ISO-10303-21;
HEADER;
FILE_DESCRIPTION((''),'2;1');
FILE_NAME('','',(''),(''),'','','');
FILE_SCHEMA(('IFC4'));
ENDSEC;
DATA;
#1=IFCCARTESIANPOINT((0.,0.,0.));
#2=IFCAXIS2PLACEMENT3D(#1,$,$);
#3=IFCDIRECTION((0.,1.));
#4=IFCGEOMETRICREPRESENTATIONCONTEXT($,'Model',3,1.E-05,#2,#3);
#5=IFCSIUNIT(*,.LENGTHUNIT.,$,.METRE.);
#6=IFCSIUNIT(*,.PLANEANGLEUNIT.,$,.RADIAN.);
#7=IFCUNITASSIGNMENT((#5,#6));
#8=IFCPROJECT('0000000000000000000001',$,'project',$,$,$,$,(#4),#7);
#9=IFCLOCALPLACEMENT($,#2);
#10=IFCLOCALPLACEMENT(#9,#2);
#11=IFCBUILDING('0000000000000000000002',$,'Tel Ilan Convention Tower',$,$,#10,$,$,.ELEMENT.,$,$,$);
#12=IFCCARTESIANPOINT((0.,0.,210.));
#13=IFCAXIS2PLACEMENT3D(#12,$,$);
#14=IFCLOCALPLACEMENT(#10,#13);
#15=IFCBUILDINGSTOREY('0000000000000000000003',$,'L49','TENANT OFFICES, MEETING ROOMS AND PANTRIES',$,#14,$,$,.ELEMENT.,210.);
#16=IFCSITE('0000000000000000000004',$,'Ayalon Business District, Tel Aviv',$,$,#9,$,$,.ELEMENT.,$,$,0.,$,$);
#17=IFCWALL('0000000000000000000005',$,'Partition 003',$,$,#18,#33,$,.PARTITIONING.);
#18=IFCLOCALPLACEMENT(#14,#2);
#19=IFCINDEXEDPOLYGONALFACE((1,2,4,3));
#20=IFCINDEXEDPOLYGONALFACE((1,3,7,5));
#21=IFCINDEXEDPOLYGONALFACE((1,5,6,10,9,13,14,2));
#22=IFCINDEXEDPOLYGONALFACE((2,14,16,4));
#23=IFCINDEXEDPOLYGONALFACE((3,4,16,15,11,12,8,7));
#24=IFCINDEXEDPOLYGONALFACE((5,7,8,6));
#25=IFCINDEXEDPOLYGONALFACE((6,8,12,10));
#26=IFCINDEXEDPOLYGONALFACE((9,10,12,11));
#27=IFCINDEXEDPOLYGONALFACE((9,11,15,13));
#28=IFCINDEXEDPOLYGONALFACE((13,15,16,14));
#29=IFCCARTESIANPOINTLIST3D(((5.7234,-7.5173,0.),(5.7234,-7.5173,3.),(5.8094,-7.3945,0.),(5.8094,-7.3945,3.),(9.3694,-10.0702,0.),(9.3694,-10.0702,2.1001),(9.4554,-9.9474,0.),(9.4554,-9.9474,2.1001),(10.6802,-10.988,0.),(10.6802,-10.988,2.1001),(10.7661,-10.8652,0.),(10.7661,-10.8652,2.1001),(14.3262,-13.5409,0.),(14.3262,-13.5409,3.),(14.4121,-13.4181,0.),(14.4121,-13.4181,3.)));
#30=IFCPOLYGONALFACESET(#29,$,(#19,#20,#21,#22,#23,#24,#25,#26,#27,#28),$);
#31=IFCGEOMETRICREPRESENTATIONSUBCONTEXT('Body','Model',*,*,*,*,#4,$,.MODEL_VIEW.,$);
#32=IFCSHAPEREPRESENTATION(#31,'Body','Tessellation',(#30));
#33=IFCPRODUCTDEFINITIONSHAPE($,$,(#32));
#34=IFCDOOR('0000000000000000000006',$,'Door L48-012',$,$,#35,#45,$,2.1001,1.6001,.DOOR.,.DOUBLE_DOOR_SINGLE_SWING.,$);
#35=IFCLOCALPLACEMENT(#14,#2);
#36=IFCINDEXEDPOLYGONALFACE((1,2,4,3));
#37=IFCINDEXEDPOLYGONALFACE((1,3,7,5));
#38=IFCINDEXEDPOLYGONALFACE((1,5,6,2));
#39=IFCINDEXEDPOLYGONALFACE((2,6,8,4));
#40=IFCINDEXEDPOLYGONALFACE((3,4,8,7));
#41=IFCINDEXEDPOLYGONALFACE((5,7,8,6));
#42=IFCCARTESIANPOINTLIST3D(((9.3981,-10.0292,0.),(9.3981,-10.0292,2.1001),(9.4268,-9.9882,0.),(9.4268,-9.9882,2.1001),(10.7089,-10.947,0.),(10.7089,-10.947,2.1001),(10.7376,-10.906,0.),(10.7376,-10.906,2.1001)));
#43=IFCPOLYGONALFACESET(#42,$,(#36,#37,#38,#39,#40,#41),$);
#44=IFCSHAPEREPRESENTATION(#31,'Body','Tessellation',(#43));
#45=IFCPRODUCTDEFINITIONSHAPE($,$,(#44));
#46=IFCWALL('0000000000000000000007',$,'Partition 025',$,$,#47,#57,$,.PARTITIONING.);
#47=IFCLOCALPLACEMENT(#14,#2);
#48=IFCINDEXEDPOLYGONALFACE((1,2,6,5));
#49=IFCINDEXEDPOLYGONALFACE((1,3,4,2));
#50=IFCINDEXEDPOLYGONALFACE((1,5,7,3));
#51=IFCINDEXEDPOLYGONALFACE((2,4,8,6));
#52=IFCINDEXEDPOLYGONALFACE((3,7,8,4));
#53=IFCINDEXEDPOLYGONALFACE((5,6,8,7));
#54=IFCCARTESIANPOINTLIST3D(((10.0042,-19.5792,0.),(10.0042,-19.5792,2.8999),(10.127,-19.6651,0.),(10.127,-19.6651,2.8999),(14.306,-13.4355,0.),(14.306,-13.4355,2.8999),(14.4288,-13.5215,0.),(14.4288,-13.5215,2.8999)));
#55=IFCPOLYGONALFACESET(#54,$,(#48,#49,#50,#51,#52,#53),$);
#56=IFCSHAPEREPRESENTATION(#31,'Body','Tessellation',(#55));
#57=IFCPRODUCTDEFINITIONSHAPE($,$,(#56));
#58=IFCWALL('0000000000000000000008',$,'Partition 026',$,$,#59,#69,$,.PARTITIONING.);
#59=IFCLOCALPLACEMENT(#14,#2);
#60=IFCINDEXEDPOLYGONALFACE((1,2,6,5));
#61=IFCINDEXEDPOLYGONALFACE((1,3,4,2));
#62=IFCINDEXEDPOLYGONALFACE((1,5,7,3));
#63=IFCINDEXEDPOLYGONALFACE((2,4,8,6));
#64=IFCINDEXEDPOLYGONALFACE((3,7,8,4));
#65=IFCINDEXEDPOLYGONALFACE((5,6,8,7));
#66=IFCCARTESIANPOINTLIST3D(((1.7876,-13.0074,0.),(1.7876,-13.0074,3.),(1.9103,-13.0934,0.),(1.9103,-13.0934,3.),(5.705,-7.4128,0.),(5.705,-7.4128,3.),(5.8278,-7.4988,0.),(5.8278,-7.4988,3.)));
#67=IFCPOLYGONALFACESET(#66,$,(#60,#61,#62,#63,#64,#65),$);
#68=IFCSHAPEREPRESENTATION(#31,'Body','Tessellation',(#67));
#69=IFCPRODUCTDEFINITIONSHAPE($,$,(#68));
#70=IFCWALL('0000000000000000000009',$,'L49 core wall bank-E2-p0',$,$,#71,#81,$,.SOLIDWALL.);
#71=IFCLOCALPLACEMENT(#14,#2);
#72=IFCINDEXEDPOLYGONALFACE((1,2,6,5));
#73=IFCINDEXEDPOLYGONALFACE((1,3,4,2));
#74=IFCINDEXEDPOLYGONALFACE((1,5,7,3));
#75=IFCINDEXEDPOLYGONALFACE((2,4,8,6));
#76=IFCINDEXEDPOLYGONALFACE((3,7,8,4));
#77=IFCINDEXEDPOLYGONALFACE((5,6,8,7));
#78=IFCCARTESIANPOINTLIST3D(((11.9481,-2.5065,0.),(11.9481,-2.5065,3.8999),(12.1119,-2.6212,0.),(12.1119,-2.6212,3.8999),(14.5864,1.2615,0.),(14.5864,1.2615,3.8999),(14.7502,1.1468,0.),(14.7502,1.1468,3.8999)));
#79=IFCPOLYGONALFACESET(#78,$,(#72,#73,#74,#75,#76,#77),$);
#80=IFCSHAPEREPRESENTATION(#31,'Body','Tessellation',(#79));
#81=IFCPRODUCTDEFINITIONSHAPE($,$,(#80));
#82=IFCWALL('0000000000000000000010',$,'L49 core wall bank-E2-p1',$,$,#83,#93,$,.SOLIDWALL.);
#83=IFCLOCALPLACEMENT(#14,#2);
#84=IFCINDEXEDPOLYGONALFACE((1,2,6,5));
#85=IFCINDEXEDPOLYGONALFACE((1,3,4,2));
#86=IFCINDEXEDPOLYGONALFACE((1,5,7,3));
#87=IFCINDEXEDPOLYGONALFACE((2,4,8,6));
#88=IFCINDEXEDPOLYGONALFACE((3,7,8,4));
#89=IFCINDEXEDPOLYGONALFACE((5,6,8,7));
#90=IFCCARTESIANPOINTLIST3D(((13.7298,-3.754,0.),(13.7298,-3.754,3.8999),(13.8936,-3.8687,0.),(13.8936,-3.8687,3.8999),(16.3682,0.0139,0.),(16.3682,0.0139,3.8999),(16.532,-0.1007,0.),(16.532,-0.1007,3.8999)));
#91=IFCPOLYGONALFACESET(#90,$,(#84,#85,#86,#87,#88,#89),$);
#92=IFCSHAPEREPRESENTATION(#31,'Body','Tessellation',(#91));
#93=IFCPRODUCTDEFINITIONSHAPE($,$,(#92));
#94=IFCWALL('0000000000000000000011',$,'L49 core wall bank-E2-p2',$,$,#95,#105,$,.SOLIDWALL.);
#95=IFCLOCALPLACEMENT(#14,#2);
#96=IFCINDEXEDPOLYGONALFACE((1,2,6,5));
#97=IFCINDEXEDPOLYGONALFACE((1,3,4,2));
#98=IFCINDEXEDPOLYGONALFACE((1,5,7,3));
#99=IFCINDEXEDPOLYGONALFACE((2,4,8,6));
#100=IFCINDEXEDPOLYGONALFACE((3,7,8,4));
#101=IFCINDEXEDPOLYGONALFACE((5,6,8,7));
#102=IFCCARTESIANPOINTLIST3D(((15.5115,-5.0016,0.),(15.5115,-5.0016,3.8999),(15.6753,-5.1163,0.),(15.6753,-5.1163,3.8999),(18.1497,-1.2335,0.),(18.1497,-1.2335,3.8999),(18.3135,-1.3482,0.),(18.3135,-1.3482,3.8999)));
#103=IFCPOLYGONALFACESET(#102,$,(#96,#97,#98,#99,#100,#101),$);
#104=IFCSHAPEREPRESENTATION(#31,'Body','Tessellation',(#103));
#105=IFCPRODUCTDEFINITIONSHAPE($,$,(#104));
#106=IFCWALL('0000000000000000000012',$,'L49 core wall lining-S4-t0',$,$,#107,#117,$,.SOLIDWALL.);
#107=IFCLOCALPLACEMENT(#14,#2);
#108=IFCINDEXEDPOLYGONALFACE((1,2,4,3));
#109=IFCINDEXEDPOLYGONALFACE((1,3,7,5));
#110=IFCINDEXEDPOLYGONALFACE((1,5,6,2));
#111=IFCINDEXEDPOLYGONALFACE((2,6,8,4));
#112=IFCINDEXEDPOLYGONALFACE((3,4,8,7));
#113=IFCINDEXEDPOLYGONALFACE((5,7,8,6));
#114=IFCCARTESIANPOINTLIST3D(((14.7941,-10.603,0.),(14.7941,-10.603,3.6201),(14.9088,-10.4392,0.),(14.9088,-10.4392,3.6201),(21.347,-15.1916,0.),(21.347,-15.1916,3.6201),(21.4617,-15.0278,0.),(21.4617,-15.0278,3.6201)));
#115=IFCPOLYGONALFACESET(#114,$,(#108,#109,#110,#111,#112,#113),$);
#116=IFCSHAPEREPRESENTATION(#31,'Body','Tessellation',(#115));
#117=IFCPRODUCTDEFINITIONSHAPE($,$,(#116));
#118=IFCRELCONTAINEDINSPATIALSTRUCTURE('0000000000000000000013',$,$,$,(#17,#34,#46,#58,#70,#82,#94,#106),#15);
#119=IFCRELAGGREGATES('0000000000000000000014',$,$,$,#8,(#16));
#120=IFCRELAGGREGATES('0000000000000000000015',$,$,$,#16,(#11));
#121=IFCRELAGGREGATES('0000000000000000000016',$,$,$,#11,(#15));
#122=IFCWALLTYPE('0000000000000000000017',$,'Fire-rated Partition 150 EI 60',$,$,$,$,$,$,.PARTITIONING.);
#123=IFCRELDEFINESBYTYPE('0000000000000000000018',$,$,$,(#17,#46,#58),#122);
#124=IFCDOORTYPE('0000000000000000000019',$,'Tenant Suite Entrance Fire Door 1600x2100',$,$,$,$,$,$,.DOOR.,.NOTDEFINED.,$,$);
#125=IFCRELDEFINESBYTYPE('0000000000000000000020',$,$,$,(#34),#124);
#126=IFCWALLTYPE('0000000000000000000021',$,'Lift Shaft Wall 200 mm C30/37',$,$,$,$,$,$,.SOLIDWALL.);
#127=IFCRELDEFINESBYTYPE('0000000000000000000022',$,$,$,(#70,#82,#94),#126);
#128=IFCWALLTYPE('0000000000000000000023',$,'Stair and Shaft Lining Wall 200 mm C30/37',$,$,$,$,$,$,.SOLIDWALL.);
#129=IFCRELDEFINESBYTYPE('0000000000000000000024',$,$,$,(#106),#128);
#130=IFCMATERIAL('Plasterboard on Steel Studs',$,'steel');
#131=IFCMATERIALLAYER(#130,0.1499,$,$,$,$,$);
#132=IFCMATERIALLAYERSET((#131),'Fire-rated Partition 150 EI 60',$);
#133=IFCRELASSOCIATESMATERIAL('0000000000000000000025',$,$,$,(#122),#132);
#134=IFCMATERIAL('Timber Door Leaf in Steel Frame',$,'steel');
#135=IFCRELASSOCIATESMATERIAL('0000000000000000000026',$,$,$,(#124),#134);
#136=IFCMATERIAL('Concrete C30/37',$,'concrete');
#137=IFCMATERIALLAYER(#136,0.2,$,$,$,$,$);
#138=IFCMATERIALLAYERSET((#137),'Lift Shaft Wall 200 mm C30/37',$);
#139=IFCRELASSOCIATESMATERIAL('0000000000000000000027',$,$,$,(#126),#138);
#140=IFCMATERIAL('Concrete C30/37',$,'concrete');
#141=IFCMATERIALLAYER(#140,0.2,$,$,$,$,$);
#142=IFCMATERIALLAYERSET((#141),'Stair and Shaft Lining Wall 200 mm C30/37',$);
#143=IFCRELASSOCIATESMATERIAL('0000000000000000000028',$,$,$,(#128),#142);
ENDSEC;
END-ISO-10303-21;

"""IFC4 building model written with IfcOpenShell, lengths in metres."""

from ifc_helpers import new_model, si_unit, direction, frame, frame_2d, origin, place, context, subcontext, project, spatial, rectangle, extrude, material, layer, layer_set, type_object, element, fill, save


model = new_model("IFC4")

# Units and contexts
model_context = context("Model", 3, precision=1e-05, world=origin(), true_north=direction((0.0, 1.0)))
body_context = subcontext(model_context, "Body", "Model", "MODEL_VIEW")
ifc_project = project(units=[si_unit("LENGTHUNIT", "METRE"), si_unit("PLANEANGLEUNIT", "RADIAN")], contexts=[model_context])

# Site, building, storey
site_placement = place(None, origin())
site = spatial("IfcSite", under=ifc_project, at=site_placement, Name="Ayalon Business District, Tel Aviv", CompositionType="ELEMENT", RefElevation=0.0)
building_placement = place(site_placement, origin())
building = spatial("IfcBuilding", under=site, at=building_placement, Name="Tel Ilan Convention Tower", CompositionType="ELEMENT")
storey_placement = place(building_placement, frame((0.0, 0.0, 210.0)))
storey = spatial("IfcBuildingStorey", under=building, at=storey_placement, Name="L49", Description="TENANT OFFICES, MEETING ROOMS AND PANTRIES", CompositionType="ELEMENT", Elevation=210.0)

# Wall, opening, door
ifc_material_1 = material(Name="Plasterboard on Steel Studs", Category="steel")
ifc_layer_1 = layer(ifc_material_1, 0.1499)
ifc_layer_set_1 = layer_set([ifc_layer_1], Name="Fire-rated Partition 150 EI 60")
wall_type_1 = type_object("IfcWallType", Name="Fire-rated Partition 150 EI 60", PredefinedType="PARTITIONING", material=ifc_layer_set_1)
wall_1_placement = place(storey_placement, frame((14.3691, -13.4795, 0.0), z_axis=(0.0, 0.0, 1.0), x_axis=(-0.819154, 0.573573, 0.0)))
wall_1 = element("IfcWall", 1, at=wall_1_placement, inside=storey, type_object=wall_type_1, Name="Partition 003", PredefinedType="PARTITIONING", context=body_context, shape_type="SweptSolid", body=[
    extrude(rectangle(XDim=10.502, YDim=0.1499, at=frame_2d((5.251, 0.0))), origin(), (0.0, 0.0, 1.0), 3.0),
])
opening_1_placement = place(wall_1_placement, frame((4.4509, 0.0, 0.0)))
opening_1 = element("IfcOpeningElement", 2, at=opening_1_placement, cuts=wall_1, PredefinedType="OPENING", context=body_context, shape_type="SweptSolid", body=[
    extrude(rectangle(XDim=1.6001, YDim=2.1001, at=frame_2d((0.8, 1.05))), frame((0.0, 0.085, 0.0), z_axis=(0.0, -1.0, 0.0), x_axis=(1.0, 0.0, 0.0)), (0.0, 0.0, 1.0), 0.1699),
])
ifc_material_2 = material(Name="Timber Door Leaf in Steel Frame", Category="steel")
door_type_1 = type_object("IfcDoorType", Name="Tenant Suite Entrance Fire Door 1600x2100", OperationType="NOTDEFINED", PredefinedType="DOOR", material=ifc_material_2)
door_1_placement = place(opening_1_placement, origin())
door_1 = element("IfcDoor", 3, at=door_1_placement, inside=storey, type_object=door_type_1, Name="Door L48-012", OperationType="DOUBLE_DOOR_SINGLE_SWING", OverallHeight=2.1001, OverallWidth=1.6001, PredefinedType="DOOR", context=body_context, shape_type="SweptSolid", body=[
    extrude(rectangle(XDim=1.6001, YDim=2.1001, at=frame_2d((0.8, 1.05))), frame((0.0, 0.0249, 0.0), z_axis=(0.0, -1.0, 0.0), x_axis=(1.0, 0.0, 0.0)), (0.0, 0.0, 1.0), 0.05),
])
fill(opening_1, door_1)

# Walls
wall_2_placement = place(storey_placement, frame((14.3674, -13.4785, 0.0), z_axis=(0.0, 0.0, 1.0), x_axis=(-0.573576, -0.819152, 0.0)))
element("IfcWall", 4, at=wall_2_placement, inside=storey, type_object=wall_type_1, Name="Partition 025", PredefinedType="PARTITIONING", context=body_context, shape_type="SweptSolid", body=[
    extrude(rectangle(XDim=7.5, YDim=0.1499, at=frame_2d((3.75, 0.0))), origin(), (0.0, 0.0, 1.0), 2.8999),
])
wall_3_placement = place(storey_placement, frame((1.8489, -13.0505, 0.0), z_axis=(0.0, 0.0, 1.0), x_axis=(0.573577, 0.819151, 0.0)))
element("IfcWall", 5, at=wall_3_placement, inside=storey, type_object=wall_type_1, Name="Partition 026", PredefinedType="PARTITIONING", context=body_context, shape_type="SweptSolid", body=[
    extrude(rectangle(XDim=6.8298, YDim=0.1499, at=frame_2d((3.415, 0.0))), origin(), (0.0, 0.0, 1.0), 3.0),
])
ifc_material_3 = material(Name="Concrete C30/37", Category="concrete")
ifc_layer_2 = layer(ifc_material_3, 0.2)
ifc_layer_set_2 = layer_set([ifc_layer_2], Name="Lift Shaft Wall 200 mm C30/37")
wall_type_2 = type_object("IfcWallType", Name="Lift Shaft Wall 200 mm C30/37", PredefinedType="SOLIDWALL", material=ifc_layer_set_2)
for number, where, z_axis, x_axis, name in (
    (6, (12.03, -2.5637, 0.0), (0.0, 0.0, 1.0), (0.573576, 0.819152, 0.0), "L49 core wall bank-E2-p0"),
    (7, (13.8118, -3.8113, 0.0), (0.0, 0.0, 1.0), (0.573576, 0.819152, 0.0), "L49 core wall bank-E2-p1"),
    (8, (15.5935, -5.0588, 0.0), (0.0, 0.0, 1.0), (0.573541, 0.819177, 0.0), "L49 core wall bank-E2-p2"),
):
    element("IfcWall", number, at=place(storey_placement, frame(where, z_axis=z_axis, x_axis=x_axis)), inside=storey, type_object=wall_type_2, Name=name, PredefinedType="SOLIDWALL", context=body_context, shape_type="SweptSolid", body=[
        extrude(rectangle(XDim=4.5999, YDim=0.2, at=frame_2d((2.2998, 0.0))), origin(), (0.0, 0.0, 1.0), 3.8999),
    ])
ifc_material_4 = material(Name="Concrete C30/37", Category="concrete")
ifc_layer_3 = layer(ifc_material_4, 0.2)
ifc_layer_set_3 = layer_set([ifc_layer_3], Name="Stair and Shaft Lining Wall 200 mm C30/37")
wall_type_3 = type_object("IfcWallType", Name="Stair and Shaft Lining Wall 200 mm C30/37", PredefinedType="SOLIDWALL", material=ifc_layer_set_3)
wall_4_placement = place(storey_placement, frame((14.8513, -10.521, 0.0), z_axis=(0.0, 0.0, 1.0), x_axis=(0.819142, -0.573591, 0.0)))
element("IfcWall", 9, at=wall_4_placement, inside=storey, type_object=wall_type_3, Name="L49 core wall lining-S4-t0", PredefinedType="SOLIDWALL", context=body_context, shape_type="SweptSolid", body=[
    extrude(rectangle(XDim=7.9998, YDim=0.2, at=frame_2d((4.0, 0.0))), origin(), (0.0, 0.0, 1.0), 3.6201),
])

save(model, "model.ifc")
